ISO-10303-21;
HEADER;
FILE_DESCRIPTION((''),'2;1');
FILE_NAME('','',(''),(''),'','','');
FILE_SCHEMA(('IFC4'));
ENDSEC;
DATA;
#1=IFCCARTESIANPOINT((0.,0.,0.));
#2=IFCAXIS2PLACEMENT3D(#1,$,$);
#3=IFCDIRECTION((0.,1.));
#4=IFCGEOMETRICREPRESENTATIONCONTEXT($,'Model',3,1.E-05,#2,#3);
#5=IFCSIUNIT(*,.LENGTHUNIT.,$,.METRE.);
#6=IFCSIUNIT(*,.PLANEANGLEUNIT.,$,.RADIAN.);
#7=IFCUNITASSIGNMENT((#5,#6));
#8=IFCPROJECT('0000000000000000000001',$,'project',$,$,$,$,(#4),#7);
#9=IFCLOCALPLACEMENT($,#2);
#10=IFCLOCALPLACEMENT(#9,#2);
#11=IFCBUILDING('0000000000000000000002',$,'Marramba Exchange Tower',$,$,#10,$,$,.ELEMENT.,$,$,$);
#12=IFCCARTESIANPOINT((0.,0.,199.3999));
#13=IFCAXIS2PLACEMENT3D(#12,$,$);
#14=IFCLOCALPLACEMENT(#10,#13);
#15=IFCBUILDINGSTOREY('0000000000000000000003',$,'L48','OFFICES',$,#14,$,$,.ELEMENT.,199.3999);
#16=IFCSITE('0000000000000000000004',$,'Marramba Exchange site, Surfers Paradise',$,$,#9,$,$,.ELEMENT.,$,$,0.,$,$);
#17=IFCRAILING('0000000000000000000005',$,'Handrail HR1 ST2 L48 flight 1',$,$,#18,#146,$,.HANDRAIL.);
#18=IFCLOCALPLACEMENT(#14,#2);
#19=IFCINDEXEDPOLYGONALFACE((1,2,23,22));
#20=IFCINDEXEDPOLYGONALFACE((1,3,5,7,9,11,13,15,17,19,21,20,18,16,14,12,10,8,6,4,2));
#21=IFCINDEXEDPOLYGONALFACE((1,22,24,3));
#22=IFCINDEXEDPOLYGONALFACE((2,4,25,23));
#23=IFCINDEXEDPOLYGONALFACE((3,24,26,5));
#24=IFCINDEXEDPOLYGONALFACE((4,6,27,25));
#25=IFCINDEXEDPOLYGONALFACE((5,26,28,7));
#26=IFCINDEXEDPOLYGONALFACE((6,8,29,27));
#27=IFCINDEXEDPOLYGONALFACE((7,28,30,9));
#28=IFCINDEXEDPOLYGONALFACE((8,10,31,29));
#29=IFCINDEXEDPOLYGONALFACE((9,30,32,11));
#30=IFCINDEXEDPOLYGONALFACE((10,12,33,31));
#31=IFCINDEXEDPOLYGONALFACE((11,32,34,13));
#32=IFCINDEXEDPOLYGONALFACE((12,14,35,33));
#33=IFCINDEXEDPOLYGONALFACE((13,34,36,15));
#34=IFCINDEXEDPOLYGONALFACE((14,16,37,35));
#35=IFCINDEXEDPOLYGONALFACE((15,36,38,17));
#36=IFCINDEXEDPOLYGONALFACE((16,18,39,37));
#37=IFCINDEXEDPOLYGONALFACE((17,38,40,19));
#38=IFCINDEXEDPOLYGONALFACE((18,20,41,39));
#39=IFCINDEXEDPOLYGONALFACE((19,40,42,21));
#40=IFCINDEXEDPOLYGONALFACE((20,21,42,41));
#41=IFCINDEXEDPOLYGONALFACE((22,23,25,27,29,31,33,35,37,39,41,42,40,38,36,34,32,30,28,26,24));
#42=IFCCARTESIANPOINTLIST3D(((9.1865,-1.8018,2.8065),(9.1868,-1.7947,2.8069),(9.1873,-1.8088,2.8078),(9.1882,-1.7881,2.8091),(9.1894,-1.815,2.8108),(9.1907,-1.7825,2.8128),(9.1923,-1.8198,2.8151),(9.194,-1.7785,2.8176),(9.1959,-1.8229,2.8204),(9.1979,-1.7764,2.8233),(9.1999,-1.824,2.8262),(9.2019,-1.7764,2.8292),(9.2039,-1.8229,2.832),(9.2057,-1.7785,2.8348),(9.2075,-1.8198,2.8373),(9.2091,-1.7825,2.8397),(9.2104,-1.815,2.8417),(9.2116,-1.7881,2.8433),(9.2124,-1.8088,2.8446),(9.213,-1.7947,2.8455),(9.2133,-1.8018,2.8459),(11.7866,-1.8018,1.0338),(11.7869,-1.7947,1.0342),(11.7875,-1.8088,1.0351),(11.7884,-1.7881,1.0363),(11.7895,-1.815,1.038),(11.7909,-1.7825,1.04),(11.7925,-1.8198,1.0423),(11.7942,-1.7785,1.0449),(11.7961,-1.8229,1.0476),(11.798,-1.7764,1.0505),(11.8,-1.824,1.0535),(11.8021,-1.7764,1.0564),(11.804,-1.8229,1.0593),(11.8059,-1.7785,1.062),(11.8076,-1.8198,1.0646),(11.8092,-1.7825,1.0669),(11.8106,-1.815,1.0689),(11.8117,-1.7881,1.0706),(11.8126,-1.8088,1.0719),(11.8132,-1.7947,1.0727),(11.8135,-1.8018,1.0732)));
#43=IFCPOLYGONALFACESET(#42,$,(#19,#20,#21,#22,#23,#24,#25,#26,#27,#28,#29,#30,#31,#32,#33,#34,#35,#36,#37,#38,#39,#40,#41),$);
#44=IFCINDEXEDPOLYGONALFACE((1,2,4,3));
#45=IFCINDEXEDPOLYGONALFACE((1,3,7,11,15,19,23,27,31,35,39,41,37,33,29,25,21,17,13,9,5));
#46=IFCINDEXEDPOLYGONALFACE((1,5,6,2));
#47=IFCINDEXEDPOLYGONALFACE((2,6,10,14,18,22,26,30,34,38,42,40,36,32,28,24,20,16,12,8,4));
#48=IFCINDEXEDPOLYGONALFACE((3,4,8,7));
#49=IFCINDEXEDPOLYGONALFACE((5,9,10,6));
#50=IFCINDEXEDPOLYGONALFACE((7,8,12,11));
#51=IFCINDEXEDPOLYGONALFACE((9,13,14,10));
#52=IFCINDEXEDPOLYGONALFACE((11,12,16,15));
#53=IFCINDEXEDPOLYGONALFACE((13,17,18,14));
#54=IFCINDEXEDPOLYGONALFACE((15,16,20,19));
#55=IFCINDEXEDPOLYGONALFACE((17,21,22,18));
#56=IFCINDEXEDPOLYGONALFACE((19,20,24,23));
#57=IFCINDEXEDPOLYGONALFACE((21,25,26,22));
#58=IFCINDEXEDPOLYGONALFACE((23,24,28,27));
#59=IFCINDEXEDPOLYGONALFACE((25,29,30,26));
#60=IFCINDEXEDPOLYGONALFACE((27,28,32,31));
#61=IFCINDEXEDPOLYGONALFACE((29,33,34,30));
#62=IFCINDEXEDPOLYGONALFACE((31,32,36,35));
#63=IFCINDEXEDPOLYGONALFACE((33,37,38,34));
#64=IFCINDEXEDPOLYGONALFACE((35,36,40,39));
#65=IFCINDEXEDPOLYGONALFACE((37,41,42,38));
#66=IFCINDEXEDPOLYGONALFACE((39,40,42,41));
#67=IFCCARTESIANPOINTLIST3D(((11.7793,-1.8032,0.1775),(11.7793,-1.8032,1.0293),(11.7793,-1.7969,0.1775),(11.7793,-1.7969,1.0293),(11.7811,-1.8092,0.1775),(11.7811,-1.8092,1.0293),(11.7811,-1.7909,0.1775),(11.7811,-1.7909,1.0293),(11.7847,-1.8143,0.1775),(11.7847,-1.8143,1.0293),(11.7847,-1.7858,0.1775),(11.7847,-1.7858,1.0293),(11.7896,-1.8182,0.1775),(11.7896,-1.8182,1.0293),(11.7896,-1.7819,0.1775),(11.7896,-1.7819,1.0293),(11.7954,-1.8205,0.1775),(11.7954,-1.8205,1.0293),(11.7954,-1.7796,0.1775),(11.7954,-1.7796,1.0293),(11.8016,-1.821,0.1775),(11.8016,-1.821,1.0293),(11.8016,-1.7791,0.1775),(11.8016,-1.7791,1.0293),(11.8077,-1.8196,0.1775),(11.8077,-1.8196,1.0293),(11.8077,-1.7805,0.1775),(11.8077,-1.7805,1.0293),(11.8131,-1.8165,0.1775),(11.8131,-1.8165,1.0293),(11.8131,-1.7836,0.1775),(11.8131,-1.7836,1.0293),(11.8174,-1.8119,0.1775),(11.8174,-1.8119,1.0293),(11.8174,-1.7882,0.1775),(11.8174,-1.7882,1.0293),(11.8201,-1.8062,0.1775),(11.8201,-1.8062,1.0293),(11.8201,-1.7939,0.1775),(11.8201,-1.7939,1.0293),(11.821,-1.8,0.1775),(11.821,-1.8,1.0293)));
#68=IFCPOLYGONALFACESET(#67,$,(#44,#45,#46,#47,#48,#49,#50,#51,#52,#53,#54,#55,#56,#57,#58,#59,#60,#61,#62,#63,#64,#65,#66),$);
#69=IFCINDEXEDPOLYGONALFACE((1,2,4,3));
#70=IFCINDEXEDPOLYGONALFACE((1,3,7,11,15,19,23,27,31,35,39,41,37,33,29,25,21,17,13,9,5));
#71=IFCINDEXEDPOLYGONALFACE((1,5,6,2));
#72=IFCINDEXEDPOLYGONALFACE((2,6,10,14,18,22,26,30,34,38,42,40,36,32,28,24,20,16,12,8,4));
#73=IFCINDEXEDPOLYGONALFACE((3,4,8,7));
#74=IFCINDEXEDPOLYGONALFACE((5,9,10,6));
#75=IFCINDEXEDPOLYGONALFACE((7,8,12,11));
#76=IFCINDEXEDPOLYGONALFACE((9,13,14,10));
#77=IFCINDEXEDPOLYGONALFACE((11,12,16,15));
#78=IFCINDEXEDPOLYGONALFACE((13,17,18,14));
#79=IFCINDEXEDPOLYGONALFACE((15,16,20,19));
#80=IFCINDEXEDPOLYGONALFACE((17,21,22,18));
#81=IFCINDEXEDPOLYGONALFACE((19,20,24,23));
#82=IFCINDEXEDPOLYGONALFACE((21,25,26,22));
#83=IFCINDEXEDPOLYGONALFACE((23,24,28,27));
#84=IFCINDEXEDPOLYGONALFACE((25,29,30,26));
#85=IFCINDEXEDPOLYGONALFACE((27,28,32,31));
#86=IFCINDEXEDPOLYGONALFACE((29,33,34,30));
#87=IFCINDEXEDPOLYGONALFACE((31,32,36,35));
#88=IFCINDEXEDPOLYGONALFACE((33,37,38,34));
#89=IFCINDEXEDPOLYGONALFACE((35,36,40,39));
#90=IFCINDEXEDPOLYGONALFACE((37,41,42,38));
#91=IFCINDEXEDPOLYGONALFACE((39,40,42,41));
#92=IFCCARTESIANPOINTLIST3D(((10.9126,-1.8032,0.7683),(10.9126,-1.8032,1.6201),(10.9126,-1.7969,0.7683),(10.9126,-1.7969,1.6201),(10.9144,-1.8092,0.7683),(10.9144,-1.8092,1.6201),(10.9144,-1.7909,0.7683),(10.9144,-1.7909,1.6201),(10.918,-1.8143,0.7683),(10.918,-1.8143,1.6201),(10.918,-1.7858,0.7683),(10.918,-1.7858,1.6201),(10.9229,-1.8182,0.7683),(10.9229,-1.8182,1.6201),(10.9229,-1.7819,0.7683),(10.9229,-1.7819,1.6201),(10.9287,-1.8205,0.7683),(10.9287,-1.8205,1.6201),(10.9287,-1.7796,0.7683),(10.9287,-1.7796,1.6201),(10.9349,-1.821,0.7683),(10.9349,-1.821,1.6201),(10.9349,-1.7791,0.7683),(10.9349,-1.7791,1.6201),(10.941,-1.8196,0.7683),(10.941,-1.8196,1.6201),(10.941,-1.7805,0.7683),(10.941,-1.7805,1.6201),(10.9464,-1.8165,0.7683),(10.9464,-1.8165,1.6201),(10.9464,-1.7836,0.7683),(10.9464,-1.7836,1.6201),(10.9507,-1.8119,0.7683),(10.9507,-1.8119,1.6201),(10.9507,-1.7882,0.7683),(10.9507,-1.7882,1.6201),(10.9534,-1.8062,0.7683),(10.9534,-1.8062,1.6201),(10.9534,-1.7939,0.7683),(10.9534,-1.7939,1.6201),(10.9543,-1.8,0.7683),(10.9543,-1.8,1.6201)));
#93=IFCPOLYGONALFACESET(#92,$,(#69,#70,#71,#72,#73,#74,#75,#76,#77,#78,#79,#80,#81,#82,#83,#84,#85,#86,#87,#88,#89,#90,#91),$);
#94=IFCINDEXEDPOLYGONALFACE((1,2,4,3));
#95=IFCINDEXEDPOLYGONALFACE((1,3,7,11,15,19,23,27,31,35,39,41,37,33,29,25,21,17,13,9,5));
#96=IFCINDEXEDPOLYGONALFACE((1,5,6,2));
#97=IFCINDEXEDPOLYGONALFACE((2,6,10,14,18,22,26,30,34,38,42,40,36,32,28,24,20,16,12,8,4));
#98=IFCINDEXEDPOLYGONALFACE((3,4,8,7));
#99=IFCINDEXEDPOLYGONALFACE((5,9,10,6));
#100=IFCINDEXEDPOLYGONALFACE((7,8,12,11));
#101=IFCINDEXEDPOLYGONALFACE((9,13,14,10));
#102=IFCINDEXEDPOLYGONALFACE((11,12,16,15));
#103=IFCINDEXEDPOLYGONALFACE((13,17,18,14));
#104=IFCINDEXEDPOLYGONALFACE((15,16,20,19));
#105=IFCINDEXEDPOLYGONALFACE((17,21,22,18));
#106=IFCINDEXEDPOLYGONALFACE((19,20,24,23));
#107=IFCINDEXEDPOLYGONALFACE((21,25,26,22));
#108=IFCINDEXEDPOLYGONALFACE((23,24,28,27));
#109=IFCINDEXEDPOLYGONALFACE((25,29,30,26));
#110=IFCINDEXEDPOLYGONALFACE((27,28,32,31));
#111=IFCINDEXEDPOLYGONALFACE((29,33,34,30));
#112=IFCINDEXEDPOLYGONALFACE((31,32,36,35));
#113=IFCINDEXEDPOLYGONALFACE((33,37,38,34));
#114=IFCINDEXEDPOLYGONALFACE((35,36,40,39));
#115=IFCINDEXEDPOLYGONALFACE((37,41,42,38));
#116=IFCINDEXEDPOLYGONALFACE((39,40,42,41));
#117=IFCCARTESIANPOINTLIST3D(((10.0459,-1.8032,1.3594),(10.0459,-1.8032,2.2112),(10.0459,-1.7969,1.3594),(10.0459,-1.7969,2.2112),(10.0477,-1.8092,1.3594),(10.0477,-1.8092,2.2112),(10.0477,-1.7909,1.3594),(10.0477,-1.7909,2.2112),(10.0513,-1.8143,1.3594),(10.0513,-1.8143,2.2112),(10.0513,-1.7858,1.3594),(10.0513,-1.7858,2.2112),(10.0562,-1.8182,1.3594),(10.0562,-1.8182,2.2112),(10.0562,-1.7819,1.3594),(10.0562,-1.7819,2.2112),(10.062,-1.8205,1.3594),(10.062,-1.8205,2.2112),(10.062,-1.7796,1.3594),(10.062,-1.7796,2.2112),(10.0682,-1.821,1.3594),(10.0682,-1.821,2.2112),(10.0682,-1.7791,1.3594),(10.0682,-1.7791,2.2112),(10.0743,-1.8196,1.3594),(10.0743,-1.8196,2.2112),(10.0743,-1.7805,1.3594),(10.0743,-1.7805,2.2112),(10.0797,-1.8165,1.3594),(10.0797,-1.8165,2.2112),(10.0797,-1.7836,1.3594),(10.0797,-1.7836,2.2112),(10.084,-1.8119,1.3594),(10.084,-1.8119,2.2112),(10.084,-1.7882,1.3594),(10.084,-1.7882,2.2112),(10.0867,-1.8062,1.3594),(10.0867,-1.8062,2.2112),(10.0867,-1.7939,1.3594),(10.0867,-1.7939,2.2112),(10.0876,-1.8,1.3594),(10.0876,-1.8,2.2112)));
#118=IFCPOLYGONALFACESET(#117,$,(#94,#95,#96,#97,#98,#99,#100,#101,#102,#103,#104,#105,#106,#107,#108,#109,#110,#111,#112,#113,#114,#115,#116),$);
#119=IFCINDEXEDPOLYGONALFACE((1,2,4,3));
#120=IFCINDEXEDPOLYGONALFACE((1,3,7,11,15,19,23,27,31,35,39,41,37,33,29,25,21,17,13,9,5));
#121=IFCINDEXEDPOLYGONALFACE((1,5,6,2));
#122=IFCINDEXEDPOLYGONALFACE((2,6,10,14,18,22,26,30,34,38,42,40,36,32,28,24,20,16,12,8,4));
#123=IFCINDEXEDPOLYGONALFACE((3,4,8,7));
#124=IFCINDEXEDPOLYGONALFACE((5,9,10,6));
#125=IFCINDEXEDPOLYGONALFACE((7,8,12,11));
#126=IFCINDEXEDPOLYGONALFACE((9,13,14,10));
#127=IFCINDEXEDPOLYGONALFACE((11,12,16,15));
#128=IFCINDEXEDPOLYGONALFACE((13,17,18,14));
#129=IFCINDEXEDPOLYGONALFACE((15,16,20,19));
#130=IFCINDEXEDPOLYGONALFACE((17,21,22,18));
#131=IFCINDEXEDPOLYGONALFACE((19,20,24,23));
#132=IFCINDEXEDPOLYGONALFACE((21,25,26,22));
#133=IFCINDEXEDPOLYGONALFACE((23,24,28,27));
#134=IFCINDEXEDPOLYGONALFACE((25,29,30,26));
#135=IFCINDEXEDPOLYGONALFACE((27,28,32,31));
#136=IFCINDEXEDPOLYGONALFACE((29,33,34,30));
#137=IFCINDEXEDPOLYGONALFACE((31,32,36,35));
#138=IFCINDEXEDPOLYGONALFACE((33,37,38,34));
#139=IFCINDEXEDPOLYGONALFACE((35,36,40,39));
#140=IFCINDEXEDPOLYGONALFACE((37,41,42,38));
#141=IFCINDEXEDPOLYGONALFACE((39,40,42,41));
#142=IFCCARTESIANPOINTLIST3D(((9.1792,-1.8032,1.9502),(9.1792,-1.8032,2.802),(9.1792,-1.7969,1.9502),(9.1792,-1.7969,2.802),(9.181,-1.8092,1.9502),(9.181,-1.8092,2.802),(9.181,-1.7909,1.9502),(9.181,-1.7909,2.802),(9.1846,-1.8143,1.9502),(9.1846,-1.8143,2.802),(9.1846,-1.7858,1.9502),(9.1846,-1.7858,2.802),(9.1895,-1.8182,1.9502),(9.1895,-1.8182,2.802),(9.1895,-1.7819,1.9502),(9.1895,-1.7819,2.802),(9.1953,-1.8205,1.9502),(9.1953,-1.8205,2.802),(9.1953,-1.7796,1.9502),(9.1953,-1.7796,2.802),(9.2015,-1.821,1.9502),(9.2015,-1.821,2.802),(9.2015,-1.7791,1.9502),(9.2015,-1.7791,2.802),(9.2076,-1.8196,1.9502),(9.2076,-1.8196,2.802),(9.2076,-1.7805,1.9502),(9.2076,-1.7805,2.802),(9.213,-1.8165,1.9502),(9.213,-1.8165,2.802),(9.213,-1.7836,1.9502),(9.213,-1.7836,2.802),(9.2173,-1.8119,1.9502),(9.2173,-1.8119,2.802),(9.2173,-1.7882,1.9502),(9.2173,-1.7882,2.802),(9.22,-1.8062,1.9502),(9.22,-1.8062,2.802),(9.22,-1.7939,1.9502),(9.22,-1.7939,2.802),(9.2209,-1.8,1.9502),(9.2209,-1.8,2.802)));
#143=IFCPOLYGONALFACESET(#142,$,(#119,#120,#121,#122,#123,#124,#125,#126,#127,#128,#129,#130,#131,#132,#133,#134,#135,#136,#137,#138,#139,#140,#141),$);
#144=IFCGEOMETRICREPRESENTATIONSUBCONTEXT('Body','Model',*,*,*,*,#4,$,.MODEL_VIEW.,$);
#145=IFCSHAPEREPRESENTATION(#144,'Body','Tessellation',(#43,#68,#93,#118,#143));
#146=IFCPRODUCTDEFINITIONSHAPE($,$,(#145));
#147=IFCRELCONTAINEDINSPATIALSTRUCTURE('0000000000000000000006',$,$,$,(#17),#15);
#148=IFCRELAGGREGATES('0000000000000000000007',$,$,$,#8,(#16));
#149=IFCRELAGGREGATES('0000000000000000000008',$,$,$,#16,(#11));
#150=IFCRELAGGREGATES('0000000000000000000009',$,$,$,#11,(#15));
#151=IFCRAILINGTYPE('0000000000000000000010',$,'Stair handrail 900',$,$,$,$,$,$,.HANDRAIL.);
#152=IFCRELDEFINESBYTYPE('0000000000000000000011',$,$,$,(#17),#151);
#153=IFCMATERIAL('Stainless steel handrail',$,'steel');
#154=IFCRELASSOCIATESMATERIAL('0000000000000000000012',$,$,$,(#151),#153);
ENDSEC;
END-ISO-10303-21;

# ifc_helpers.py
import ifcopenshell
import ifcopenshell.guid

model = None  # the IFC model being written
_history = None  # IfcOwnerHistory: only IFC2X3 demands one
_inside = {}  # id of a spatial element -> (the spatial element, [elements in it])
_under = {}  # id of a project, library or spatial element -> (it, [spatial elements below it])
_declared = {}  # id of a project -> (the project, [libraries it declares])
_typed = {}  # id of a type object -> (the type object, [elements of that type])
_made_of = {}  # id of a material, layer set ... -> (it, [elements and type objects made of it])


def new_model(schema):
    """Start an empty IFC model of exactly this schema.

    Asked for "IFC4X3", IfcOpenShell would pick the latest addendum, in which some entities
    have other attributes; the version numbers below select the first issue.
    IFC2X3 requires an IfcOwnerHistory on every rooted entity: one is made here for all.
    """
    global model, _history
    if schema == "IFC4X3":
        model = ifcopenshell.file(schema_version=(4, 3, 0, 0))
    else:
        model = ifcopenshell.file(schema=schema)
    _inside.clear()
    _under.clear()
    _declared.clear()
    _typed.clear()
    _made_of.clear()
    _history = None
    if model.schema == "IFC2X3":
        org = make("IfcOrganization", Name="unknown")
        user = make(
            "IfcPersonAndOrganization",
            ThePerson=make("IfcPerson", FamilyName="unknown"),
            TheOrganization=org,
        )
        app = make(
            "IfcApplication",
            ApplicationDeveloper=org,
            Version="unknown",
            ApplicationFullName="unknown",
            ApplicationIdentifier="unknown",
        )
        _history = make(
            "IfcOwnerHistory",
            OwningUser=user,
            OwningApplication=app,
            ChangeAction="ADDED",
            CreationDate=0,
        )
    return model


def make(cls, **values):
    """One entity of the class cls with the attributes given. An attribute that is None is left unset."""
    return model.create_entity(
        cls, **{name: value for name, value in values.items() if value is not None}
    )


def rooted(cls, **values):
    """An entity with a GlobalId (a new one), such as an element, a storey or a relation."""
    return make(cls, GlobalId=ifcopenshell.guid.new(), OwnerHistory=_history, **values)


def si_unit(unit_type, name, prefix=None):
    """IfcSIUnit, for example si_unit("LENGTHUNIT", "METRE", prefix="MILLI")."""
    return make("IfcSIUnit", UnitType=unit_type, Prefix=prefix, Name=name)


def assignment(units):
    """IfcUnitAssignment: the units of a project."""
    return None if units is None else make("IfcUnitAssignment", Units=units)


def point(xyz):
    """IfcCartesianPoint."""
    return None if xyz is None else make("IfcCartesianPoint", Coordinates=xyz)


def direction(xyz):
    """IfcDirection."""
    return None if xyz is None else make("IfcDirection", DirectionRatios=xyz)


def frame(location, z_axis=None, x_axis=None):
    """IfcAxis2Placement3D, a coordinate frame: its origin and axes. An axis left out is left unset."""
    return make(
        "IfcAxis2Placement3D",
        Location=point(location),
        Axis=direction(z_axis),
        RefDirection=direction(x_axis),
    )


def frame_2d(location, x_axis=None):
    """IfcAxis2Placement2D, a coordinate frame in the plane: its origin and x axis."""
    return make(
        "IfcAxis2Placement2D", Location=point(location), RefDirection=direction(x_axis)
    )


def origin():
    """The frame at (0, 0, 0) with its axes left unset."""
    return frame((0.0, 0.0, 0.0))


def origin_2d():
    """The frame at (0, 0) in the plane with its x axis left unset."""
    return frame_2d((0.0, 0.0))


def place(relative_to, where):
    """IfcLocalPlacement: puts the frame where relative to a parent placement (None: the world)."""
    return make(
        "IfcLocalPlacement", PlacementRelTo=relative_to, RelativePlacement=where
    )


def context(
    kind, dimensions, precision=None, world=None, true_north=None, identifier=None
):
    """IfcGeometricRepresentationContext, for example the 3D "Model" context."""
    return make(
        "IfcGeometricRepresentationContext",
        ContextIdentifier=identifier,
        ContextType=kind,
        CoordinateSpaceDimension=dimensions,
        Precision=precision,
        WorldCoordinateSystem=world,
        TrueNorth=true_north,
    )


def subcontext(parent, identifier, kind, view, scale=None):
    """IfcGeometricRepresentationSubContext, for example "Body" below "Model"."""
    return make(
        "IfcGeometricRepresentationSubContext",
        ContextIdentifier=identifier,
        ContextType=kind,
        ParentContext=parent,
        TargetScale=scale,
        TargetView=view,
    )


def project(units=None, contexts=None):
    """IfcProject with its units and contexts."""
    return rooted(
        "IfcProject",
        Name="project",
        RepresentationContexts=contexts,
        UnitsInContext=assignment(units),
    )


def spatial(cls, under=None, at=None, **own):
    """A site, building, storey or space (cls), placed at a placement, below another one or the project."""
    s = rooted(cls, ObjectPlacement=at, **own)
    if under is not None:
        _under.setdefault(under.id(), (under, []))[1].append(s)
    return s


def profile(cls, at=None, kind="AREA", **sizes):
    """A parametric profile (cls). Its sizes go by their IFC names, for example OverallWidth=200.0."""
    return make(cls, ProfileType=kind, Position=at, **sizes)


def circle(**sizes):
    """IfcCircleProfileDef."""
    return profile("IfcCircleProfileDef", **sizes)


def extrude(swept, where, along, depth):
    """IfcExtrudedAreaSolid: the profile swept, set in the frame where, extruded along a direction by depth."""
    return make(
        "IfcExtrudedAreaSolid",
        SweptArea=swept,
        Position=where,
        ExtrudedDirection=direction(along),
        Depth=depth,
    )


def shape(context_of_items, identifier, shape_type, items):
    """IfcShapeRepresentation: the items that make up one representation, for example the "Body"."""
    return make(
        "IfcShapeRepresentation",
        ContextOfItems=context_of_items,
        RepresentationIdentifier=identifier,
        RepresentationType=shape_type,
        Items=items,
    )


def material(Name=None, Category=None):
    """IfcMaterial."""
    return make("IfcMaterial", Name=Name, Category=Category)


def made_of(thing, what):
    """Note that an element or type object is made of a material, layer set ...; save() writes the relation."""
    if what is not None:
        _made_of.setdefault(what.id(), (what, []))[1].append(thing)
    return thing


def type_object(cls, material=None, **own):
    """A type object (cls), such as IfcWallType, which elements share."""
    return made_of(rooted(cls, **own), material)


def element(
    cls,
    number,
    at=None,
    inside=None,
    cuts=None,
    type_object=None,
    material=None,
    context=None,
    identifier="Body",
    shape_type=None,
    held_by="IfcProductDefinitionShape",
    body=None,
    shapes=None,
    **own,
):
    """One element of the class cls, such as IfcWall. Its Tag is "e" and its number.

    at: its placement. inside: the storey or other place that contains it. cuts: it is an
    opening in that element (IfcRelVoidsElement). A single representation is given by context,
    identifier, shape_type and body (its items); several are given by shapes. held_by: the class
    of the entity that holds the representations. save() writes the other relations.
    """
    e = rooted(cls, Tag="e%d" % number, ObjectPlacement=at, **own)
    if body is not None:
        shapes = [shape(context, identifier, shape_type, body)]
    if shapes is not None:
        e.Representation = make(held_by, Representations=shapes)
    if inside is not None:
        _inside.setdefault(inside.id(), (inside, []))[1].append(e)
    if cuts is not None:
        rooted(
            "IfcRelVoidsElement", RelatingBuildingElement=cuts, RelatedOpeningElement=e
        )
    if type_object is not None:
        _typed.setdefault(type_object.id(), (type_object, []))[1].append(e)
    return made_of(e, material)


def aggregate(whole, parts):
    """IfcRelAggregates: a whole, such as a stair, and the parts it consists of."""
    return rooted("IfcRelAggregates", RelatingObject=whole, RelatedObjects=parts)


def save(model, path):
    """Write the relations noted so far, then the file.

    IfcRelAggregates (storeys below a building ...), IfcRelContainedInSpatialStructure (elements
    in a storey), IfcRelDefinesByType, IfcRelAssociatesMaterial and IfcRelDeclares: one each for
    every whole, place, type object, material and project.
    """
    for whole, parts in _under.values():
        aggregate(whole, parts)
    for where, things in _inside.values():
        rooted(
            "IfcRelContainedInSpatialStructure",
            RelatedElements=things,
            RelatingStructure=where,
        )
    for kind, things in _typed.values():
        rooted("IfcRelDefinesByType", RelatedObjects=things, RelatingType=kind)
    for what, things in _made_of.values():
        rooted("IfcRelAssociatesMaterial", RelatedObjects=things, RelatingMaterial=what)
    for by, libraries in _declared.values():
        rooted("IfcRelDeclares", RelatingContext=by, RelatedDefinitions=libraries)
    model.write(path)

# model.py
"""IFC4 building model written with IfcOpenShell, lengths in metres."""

from ifc_helpers import new_model, si_unit, direction, frame, origin, origin_2d, place, context, subcontext, project, spatial, circle, extrude, material, type_object, element, save


model = new_model("IFC4")

# Units and contexts
model_context = context("Model", 3, precision=1e-05, world=origin(), true_north=direction((0.0, 1.0)))
body_context = subcontext(model_context, "Body", "Model", "MODEL_VIEW")
ifc_project = project(units=[si_unit("LENGTHUNIT", "METRE"), si_unit("PLANEANGLEUNIT", "RADIAN")], contexts=[model_context])

# Site, building, storey
site_placement = place(None, origin())
site = spatial("IfcSite", under=ifc_project, at=site_placement, Name="Marramba Exchange site, Surfers Paradise", CompositionType="ELEMENT", RefElevation=0.0)
building_placement = place(site_placement, origin())
building = spatial("IfcBuilding", under=site, at=building_placement, Name="Marramba Exchange Tower", CompositionType="ELEMENT")
storey_placement = place(building_placement, frame((0.0, 0.0, 199.3999)))
storey = spatial("IfcBuildingStorey", under=building, at=storey_placement, Name="L48", Description="OFFICES", CompositionType="ELEMENT", Elevation=199.3999)

# Railing
ifc_material_1 = material(Name="Stainless steel handrail", Category="steel")
railing_type = type_object("IfcRailingType", Name="Stair handrail 900", PredefinedType="HANDRAIL", material=ifc_material_1)
railing_placement = place(storey_placement, frame((11.8, -1.8, 0.1775)))
element("IfcRailing", 1, at=railing_placement, inside=storey, type_object=railing_type, Name="Handrail HR1 ST2 L48 flight 1", PredefinedType="HANDRAIL", context=body_context, shape_type="SweptSolid", body=[
    extrude(circle(Radius=0.0239, at=origin_2d()), frame((0.0, 0.0, 0.876), z_axis=(-0.82624, 0.0, 0.563318), x_axis=(0.0, -1.0, 0.0)), (0.0, 0.0, 1.0), 3.147),
    extrude(circle(Radius=0.021, at=origin_2d()), origin(), (0.0, 0.0, 1.0), 0.8518),
    extrude(circle(Radius=0.021, at=origin_2d()), frame((-0.8667, 0.0, 0.5908)), (0.0, 0.0, 1.0), 0.8518),
    extrude(circle(Radius=0.021, at=origin_2d()), frame((-1.7334, 0.0, 1.1819)), (0.0, 0.0, 1.0), 0.8518),
    extrude(circle(Radius=0.021, at=origin_2d()), frame((-2.6001, 0.0, 1.7727)), (0.0, 0.0, 1.0), 0.8518),
])

save(model, "model.ifc")
